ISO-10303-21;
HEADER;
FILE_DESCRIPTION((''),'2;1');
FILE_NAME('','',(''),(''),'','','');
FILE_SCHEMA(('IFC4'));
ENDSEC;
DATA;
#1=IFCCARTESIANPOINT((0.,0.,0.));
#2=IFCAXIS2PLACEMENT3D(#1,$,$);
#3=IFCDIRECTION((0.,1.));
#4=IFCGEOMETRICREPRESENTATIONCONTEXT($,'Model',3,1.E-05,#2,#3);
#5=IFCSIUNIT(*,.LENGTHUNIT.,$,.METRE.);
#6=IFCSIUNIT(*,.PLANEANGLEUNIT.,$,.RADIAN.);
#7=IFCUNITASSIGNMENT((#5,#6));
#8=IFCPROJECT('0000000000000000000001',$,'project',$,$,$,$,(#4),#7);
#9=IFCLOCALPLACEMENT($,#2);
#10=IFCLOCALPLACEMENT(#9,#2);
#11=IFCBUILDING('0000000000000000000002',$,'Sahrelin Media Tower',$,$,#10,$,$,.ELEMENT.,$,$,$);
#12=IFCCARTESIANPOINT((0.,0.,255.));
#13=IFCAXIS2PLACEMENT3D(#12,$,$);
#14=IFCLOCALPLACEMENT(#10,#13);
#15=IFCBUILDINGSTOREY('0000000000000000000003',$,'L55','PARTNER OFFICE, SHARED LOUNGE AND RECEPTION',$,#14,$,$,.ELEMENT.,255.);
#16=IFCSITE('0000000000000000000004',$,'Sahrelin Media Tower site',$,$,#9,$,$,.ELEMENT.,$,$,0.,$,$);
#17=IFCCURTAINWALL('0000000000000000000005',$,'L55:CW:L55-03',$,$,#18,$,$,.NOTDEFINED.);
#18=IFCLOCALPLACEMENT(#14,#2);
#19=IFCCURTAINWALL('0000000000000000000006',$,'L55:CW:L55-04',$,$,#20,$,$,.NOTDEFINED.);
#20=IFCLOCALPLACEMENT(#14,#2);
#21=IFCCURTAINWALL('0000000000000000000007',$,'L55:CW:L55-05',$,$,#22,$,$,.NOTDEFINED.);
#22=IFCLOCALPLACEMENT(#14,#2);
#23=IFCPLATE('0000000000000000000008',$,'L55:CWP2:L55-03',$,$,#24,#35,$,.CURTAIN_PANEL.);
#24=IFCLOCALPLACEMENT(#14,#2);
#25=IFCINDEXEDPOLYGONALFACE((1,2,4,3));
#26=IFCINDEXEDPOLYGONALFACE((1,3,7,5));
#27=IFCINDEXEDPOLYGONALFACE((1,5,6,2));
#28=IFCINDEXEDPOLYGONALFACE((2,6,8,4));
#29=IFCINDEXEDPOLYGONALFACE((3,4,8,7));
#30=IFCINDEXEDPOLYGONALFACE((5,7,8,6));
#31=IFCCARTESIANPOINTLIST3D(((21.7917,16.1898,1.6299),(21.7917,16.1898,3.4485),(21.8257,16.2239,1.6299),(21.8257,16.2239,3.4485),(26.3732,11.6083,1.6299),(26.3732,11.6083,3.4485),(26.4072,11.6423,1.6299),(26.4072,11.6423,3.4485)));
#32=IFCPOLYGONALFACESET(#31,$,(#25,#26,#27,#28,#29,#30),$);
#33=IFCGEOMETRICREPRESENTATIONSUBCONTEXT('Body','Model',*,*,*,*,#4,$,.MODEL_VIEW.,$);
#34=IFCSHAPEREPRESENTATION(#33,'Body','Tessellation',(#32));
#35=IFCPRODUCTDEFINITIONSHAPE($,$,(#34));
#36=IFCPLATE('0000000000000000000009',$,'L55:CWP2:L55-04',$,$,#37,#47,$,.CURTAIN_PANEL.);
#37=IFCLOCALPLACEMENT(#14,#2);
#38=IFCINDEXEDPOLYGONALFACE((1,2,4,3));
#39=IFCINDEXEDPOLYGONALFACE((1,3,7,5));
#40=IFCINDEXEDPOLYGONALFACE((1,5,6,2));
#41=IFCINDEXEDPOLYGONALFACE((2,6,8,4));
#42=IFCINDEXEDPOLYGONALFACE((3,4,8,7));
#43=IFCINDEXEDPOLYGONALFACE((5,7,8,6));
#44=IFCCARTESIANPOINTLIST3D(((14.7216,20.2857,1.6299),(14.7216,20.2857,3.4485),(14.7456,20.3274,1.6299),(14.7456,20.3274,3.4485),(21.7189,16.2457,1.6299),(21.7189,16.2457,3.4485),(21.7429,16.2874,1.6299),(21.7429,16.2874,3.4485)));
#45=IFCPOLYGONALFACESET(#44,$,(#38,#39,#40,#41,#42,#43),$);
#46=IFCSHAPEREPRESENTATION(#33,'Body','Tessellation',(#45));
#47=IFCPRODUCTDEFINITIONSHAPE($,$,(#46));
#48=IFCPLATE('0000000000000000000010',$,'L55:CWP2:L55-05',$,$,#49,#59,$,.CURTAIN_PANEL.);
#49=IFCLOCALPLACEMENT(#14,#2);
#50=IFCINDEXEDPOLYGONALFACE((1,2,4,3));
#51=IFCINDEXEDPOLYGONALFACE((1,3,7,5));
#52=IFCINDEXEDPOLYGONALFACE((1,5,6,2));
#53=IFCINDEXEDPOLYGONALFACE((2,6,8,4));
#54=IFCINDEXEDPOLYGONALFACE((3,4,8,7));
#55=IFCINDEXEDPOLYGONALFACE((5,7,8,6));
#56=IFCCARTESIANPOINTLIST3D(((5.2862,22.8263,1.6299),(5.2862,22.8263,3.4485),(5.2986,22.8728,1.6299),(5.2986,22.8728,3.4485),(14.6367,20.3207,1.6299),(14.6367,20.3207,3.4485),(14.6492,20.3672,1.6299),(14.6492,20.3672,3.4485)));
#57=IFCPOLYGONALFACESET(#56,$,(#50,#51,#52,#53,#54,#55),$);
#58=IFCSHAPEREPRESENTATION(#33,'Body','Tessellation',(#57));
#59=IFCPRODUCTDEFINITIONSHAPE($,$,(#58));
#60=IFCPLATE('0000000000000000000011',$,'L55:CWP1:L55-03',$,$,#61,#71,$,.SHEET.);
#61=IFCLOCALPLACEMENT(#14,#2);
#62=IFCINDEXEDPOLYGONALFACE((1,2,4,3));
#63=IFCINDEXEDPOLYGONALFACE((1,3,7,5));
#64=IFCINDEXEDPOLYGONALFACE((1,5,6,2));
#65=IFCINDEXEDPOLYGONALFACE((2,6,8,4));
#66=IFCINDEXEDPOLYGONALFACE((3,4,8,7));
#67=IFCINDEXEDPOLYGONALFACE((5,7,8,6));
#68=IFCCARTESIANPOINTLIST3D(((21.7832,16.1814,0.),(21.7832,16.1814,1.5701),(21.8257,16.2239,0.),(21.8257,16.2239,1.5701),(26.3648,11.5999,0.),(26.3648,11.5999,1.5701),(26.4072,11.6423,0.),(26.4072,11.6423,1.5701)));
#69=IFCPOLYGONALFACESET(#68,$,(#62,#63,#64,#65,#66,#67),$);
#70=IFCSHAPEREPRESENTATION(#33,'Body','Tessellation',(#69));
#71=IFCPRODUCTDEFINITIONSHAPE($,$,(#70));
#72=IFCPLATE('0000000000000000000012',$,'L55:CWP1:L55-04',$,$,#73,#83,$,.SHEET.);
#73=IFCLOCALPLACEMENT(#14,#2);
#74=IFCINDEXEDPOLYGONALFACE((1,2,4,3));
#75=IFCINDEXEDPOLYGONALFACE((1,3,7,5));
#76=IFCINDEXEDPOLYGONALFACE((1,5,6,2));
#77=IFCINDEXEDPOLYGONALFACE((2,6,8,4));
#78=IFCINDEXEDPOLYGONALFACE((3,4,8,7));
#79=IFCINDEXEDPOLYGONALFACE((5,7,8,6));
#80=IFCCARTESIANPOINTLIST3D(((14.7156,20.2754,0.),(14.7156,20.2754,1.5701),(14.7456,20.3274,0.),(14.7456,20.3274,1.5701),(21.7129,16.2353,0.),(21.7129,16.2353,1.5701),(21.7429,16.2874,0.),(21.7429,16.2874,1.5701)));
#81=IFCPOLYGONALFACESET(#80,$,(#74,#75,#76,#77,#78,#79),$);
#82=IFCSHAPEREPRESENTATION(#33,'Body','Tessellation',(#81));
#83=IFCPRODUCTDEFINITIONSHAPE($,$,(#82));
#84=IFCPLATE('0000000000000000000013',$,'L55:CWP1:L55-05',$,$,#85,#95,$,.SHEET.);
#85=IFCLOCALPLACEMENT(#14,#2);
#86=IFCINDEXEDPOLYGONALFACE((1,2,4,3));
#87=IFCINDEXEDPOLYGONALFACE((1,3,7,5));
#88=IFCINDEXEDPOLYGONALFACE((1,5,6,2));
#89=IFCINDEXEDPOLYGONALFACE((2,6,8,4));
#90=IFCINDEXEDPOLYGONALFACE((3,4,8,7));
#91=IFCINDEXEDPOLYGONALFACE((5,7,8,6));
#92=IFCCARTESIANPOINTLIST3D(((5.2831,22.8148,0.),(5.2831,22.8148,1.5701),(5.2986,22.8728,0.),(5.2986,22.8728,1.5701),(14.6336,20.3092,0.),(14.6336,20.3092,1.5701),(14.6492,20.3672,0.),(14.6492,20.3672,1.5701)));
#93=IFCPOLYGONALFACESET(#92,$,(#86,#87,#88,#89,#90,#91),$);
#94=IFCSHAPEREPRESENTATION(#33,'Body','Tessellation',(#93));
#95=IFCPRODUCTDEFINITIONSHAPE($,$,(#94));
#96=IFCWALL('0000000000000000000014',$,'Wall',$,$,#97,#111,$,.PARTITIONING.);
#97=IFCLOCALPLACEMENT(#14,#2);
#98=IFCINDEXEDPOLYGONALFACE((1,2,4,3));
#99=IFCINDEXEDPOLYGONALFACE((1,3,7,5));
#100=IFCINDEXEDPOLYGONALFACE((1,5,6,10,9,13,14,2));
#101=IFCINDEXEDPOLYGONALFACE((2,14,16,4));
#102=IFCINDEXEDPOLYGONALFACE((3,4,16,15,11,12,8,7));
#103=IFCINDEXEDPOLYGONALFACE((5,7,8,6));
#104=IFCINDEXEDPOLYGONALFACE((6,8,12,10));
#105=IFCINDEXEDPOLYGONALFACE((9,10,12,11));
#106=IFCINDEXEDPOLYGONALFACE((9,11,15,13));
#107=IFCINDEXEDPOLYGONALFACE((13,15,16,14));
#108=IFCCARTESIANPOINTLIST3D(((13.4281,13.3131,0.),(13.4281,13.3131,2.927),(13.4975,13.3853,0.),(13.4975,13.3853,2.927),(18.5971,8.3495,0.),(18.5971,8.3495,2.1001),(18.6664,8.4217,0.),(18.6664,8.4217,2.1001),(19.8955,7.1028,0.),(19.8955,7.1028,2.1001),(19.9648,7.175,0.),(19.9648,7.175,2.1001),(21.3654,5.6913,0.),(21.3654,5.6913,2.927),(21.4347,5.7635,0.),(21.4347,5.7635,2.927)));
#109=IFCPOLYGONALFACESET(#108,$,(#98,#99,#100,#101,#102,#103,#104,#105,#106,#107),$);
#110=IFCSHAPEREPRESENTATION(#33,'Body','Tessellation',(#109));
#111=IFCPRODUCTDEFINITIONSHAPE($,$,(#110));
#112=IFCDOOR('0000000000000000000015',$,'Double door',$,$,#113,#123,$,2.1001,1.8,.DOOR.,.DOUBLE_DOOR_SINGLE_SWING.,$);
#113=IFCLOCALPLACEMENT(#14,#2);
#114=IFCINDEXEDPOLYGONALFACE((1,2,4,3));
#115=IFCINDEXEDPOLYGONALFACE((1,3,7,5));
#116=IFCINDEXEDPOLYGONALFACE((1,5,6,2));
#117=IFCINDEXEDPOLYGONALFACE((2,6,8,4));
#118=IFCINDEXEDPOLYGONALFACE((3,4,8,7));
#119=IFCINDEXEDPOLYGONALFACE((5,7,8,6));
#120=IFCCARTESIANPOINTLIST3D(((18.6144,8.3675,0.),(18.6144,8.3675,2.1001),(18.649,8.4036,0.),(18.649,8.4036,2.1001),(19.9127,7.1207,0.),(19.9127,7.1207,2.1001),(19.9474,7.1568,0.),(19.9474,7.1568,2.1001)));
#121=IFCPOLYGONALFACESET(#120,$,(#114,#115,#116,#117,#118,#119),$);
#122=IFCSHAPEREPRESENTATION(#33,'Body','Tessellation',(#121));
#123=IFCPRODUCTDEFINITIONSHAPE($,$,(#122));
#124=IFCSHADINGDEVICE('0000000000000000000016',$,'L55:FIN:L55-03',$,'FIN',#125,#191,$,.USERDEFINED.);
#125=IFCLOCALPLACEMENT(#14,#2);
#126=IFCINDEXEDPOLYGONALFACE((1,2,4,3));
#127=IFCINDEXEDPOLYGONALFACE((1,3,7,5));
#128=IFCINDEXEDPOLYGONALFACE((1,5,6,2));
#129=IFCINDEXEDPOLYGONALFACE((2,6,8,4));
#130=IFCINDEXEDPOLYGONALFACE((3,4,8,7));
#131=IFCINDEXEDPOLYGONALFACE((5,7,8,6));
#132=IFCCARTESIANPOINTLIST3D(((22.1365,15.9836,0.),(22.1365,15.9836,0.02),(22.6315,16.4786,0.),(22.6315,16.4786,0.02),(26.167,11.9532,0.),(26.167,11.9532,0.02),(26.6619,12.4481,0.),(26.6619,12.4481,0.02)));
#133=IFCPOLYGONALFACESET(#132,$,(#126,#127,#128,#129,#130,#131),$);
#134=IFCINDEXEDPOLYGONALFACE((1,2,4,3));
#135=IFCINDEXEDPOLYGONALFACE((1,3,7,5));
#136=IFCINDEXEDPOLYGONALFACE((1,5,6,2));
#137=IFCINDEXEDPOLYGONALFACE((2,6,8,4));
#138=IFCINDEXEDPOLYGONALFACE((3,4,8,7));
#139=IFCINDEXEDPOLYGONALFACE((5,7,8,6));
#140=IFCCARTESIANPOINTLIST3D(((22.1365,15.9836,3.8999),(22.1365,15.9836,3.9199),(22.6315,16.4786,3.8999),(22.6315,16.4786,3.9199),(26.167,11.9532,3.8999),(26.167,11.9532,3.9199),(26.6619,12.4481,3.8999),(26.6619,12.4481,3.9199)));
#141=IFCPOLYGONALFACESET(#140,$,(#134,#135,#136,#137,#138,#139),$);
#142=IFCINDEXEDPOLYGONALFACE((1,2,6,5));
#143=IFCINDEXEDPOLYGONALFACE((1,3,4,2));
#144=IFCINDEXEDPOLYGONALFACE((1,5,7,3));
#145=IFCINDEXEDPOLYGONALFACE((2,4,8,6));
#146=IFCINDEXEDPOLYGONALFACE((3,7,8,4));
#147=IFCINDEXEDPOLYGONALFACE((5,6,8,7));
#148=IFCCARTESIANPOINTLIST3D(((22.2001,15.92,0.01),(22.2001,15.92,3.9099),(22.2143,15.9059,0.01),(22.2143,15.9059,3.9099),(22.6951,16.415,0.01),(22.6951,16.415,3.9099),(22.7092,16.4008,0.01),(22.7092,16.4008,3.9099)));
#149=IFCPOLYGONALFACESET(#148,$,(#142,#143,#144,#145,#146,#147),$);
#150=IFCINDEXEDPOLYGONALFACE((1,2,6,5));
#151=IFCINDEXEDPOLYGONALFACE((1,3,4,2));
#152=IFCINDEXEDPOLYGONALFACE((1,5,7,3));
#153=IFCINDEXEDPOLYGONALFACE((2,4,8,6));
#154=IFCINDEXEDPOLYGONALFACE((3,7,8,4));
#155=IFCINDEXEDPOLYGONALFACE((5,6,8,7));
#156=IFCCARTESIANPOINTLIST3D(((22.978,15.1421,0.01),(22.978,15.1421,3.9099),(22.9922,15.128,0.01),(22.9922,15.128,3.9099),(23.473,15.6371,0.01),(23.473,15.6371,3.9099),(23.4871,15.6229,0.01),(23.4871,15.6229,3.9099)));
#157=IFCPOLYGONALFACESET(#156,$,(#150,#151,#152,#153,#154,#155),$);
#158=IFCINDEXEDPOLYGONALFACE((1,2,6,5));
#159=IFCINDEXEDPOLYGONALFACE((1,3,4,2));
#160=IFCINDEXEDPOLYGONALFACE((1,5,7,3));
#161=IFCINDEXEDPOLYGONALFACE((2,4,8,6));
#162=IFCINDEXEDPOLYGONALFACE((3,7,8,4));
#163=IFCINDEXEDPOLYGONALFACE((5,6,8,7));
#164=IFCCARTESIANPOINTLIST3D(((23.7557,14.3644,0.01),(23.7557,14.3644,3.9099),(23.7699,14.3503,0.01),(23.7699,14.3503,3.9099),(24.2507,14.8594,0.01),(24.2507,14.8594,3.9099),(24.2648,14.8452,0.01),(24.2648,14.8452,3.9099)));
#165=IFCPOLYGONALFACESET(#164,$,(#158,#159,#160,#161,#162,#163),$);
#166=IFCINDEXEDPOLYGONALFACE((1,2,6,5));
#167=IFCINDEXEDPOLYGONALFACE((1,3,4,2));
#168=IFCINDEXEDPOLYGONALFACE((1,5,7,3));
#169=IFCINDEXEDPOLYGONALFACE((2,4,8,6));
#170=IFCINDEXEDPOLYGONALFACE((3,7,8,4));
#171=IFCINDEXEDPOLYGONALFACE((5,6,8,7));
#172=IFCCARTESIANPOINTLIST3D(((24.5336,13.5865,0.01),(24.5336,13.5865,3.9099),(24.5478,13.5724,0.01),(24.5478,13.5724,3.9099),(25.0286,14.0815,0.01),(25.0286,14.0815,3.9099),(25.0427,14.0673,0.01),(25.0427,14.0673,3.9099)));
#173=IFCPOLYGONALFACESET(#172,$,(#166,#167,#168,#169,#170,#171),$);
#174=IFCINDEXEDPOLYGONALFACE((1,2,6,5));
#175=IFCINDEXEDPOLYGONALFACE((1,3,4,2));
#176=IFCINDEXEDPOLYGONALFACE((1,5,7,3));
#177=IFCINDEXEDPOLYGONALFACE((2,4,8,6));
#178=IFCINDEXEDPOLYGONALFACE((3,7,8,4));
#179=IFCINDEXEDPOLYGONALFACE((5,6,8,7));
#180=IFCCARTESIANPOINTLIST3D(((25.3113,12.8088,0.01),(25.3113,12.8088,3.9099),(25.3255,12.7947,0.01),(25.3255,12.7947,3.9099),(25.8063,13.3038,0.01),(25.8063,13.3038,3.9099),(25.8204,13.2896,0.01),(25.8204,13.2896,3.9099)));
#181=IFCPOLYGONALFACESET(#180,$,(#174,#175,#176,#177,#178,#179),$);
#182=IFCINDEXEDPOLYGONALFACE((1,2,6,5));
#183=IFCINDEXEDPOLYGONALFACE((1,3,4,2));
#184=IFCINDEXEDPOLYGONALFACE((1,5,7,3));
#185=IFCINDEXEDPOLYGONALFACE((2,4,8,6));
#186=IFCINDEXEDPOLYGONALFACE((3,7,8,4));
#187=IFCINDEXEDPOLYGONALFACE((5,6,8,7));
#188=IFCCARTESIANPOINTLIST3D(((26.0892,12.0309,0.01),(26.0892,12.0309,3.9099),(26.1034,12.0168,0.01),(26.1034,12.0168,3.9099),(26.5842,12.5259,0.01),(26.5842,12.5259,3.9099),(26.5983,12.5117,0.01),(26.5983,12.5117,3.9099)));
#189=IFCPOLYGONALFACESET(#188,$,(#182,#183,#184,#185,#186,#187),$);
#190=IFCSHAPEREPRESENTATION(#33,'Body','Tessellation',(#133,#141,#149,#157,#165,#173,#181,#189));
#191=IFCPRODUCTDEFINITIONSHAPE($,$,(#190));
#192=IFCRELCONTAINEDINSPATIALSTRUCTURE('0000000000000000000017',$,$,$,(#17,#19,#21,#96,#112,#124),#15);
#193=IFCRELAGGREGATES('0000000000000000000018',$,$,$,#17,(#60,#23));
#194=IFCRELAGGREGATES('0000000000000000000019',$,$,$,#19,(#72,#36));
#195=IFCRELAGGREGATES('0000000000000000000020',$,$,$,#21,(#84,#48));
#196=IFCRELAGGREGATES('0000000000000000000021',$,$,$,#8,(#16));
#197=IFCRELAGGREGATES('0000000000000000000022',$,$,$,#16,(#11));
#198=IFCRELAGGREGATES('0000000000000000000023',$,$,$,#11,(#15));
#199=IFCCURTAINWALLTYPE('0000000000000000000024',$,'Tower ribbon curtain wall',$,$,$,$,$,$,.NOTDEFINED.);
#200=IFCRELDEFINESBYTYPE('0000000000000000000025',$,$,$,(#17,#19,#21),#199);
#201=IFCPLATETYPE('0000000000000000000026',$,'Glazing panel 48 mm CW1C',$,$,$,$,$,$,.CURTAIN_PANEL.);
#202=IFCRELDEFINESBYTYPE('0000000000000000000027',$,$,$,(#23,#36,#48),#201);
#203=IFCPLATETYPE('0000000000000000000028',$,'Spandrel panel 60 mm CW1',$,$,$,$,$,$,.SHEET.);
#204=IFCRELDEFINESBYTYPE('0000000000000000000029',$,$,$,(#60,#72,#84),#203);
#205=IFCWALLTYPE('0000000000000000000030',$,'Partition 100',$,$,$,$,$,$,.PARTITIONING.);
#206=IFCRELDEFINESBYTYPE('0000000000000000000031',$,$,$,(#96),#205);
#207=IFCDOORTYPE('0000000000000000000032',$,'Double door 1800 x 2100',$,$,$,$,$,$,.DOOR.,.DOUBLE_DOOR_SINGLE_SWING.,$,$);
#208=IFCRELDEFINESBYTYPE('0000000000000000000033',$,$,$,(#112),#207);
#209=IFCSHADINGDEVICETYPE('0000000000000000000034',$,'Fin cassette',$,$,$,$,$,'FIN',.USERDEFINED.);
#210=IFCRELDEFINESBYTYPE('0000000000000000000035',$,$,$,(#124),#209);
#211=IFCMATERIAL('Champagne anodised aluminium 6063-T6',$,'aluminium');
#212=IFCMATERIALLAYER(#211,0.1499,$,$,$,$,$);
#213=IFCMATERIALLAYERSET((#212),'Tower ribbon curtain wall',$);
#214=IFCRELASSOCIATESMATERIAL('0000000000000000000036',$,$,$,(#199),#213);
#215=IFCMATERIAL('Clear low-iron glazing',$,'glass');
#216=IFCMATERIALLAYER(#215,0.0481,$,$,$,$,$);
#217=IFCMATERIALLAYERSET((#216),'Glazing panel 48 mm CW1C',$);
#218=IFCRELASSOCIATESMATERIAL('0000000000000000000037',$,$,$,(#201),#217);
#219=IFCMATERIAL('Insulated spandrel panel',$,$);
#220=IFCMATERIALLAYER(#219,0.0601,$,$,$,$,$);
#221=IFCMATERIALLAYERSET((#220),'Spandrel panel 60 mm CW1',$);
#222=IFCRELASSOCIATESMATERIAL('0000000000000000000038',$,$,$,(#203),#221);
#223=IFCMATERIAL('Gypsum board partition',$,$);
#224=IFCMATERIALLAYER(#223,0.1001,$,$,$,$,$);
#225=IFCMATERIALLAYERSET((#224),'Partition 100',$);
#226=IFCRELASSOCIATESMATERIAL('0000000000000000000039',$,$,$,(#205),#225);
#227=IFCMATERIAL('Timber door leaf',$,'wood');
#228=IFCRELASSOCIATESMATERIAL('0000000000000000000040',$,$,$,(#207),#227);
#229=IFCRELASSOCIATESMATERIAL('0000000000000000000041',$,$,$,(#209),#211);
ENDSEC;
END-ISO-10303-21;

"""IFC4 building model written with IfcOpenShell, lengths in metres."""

from ifc_helpers import new_model, si_unit, direction, frame, frame_2d, origin, origin_2d, place, context, subcontext, project, spatial, polyline, rectangle, outline, extrude, material, layer, layer_set, type_object, element, fill, aggregate, save


model = new_model("IFC4")

# Units and contexts
model_context = context("Model", 3, precision=1e-05, world=origin(), true_north=direction((0.0, 1.0)))
body_context = subcontext(model_context, "Body", "Model", "MODEL_VIEW")
ifc_project = project(units=[si_unit("LENGTHUNIT", "METRE"), si_unit("PLANEANGLEUNIT", "RADIAN")], contexts=[model_context])

# Site, building, storey
site_placement = place(None, origin())
site = spatial("IfcSite", under=ifc_project, at=site_placement, Name="Sahrelin Media Tower site", CompositionType="ELEMENT", RefElevation=0.0)
building_placement = place(site_placement, origin())
building = spatial("IfcBuilding", under=site, at=building_placement, Name="Sahrelin Media Tower", CompositionType="ELEMENT")
storey_placement = place(building_placement, frame((0.0, 0.0, 255.0)))
storey = spatial("IfcBuildingStorey", under=building, at=storey_placement, Name="L55", Description="PARTNER OFFICE, SHARED LOUNGE AND RECEPTION", CompositionType="ELEMENT", Elevation=255.0)

# Curtain walls
ifc_material_1 = material(Name="Champagne anodised aluminium 6063-T6", Category="aluminium")
ifc_layer_1 = layer(ifc_material_1, 0.1499)
ifc_layer_set_1 = layer_set([ifc_layer_1], Name="Tower ribbon curtain wall")
curtain_wall_type = type_object("IfcCurtainWallType", Name="Tower ribbon curtain wall", PredefinedType="NOTDEFINED", material=ifc_layer_set_1)
curtain_wall_1_placement = place(storey_placement, frame((24.1023, 13.9189, 0.0), z_axis=(0.0, 0.0, 1.0), x_axis=(1.0, 0.0, 0.0)))
curtain_wall_1 = element("IfcCurtainWall", 1, at=curtain_wall_1_placement, inside=storey, type_object=curtain_wall_type, Name="L55:CW:L55-03", PredefinedType="NOTDEFINED")
curtain_wall_2_placement = place(storey_placement, frame((18.2344, 18.29, 0.0), z_axis=(0.0, 0.0, 1.0), x_axis=(1.0, 0.0, 0.0)))
curtain_wall_2 = element("IfcCurtainWall", 2, at=curtain_wall_2_placement, inside=storey, type_object=curtain_wall_type, Name="L55:CW:L55-04", PredefinedType="NOTDEFINED")

# Curtain wall
curtain_wall_3_placement = place(storey_placement, frame((9.9688, 21.6006, 0.0), z_axis=(0.0, 0.0, 1.0), x_axis=(1.0, 0.0, 0.0)))
curtain_wall_3 = element("IfcCurtainWall", 3, at=curtain_wall_3_placement, inside=storey, type_object=curtain_wall_type, Name="L55:CW:L55-05", PredefinedType="NOTDEFINED")

# Plates
ifc_material_2 = material(Name="Clear low-iron glazing", Category="glass")
ifc_layer_2 = layer(ifc_material_2, 0.0481)
ifc_layer_set_2 = layer_set([ifc_layer_2], Name="Glazing panel 48 mm CW1C")
plate_type_1 = type_object("IfcPlateType", Name="Glazing panel 48 mm CW1C", PredefinedType="CURTAIN_PANEL", material=ifc_layer_set_2)
plate_1_placement = place(storey_placement, frame((26.4072, 11.6423, 1.6299), z_axis=(0.707107, 0.707107, 0.0), x_axis=(-0.707107, 0.707107, 0.0)))
plate_1 = element("IfcPlate", 4, at=plate_1_placement, type_object=plate_type_1, Name="L55:CWP2:L55-03", PredefinedType="CURTAIN_PANEL", context=body_context, shape_type="SweptSolid", body=[
    extrude(outline(polyline([(0.0, 0.0), (6.4792, 0.0), (6.4792, 1.8186), (0.0, 1.8186), (0.0, 0.0)])), origin(), (0.0, 0.0, -1.0), 0.0481),
])
plate_2_placement = place(storey_placement, frame((21.7429, 16.2874, 1.6299), z_axis=(0.500013, 0.866018, 0.0), x_axis=(-0.866018, 0.500013, 0.0)))
plate_2 = element("IfcPlate", 5, at=plate_2_placement, type_object=plate_type_1, Name="L55:CWP2:L55-04", PredefinedType="CURTAIN_PANEL", context=body_context, shape_type="SweptSolid", body=[
    extrude(outline(polyline([(0.0, 0.0), (8.0798, 0.0), (8.0798, 1.8186), (0.0, 1.8186), (0.0, 0.0)])), origin(), (0.0, 0.0, -1.0), 0.0481),
])
plate_3_placement = place(storey_placement, frame((14.6492, 20.3672, 1.6299), z_axis=(0.258832, 0.965922, 0.0), x_axis=(-0.965922, 0.258832, 0.0)))
plate_3 = element("IfcPlate", 6, at=plate_3_placement, type_object=plate_type_1, Name="L55:CWP2:L55-05", PredefinedType="CURTAIN_PANEL", context=body_context, shape_type="SweptSolid", body=[
    extrude(outline(polyline([(0.0, 0.0), (9.6804, 0.0), (9.6804, 1.8186), (0.0, 1.8186), (0.0, 0.0)])), origin(), (0.0, 0.0, -1.0), 0.0481),
])
ifc_material_3 = material(Name="Insulated spandrel panel")
ifc_layer_3 = layer(ifc_material_3, 0.0601)
ifc_layer_set_3 = layer_set([ifc_layer_3], Name="Spandrel panel 60 mm CW1")
plate_type_2 = type_object("IfcPlateType", Name="Spandrel panel 60 mm CW1", PredefinedType="SHEET", material=ifc_layer_set_3)
plate_4_placement = place(storey_placement, frame((26.4072, 11.6423, 0.0), z_axis=(0.707107, 0.707107, 0.0), x_axis=(-0.707107, 0.707107, 0.0)))
plate_4 = element("IfcPlate", 7, at=plate_4_placement, type_object=plate_type_2, Name="L55:CWP1:L55-03", PredefinedType="SHEET", context=body_context, shape_type="SweptSolid", body=[
    extrude(outline(polyline([(0.0, 0.0), (6.4792, 0.0), (6.4792, 1.5701), (0.0, 1.5701), (0.0, 0.0)])), origin(), (0.0, 0.0, -1.0), 0.0601),
])
aggregate(curtain_wall_1, [plate_4, plate_1])
plate_5_placement = place(storey_placement, frame((21.7429, 16.2874, 0.0), z_axis=(0.500013, 0.866018, 0.0), x_axis=(-0.866018, 0.500013, 0.0)))
plate_5 = element("IfcPlate", 8, at=plate_5_placement, type_object=plate_type_2, Name="L55:CWP1:L55-04", PredefinedType="SHEET", context=body_context, shape_type="SweptSolid", body=[
    extrude(outline(polyline([(0.0, 0.0), (8.0798, 0.0), (8.0798, 1.5701), (0.0, 1.5701), (0.0, 0.0)])), origin(), (0.0, 0.0, -1.0), 0.0601),
])
aggregate(curtain_wall_2, [plate_5, plate_2])
plate_6_placement = place(storey_placement, frame((14.6492, 20.3672, 0.0), z_axis=(0.258832, 0.965922, 0.0), x_axis=(-0.965922, 0.258832, 0.0)))
plate_6 = element("IfcPlate", 9, at=plate_6_placement, type_object=plate_type_2, Name="L55:CWP1:L55-05", PredefinedType="SHEET", context=body_context, shape_type="SweptSolid", body=[
    extrude(outline(polyline([(0.0, 0.0), (9.6804, 0.0), (9.6804, 1.5701), (0.0, 1.5701), (0.0, 0.0)])), origin(), (0.0, 0.0, -1.0), 0.0601),
])
aggregate(curtain_wall_3, [plate_6, plate_3])

# Wall, opening, door
ifc_material_4 = material(Name="Gypsum board partition")
ifc_layer_4 = layer(ifc_material_4, 0.1001)
ifc_layer_set_4 = layer_set([ifc_layer_4], Name="Partition 100")
wall_type = type_object("IfcWallType", Name="Partition 100", PredefinedType="PARTITIONING", material=ifc_layer_set_4)
wall_placement = place(storey_placement, frame((13.4629, 13.3491, 0.0), z_axis=(0.0, 0.0, 1.0), x_axis=(0.721294, -0.692629, 0.0)))
wall = element("IfcWall", 10, at=wall_placement, inside=storey, type_object=wall_type, Name="Wall", PredefinedType="PARTITIONING", context=body_context, shape_type="SweptSolid", body=[
    extrude(rectangle(XDim=11.0042, YDim=0.1001, at=frame_2d((5.502, 0.0))), origin(), (0.0, 0.0, 1.0), 2.927),
])
opening_placement = place(wall_placement, frame((7.1663, 0.0, 0.0)))
opening = element("IfcOpeningElement", 11, at=opening_placement, cuts=wall, PredefinedType="OPENING", context=body_context, shape_type="SweptSolid", body=[
    extrude(rectangle(XDim=1.8, YDim=2.1001, at=frame_2d((0.8999, 1.05))), frame((0.0, 0.05, 0.0), z_axis=(0.0, -1.0, 0.0), x_axis=(1.0, 0.0, 0.0)), (0.0, 0.0, 1.0), 0.1001),
])
ifc_material_5 = material(Name="Timber door leaf", Category="wood")
door_type = type_object("IfcDoorType", Name="Double door 1800 x 2100", OperationType="DOUBLE_DOOR_SINGLE_SWING", PredefinedType="DOOR", material=ifc_material_5)
door_placement = place(opening_placement, origin())
door = element("IfcDoor", 12, at=door_placement, inside=storey, type_object=door_type, Name="Double door", OperationType="DOUBLE_DOOR_SINGLE_SWING", OverallHeight=2.1001, OverallWidth=1.8, PredefinedType="DOOR", context=body_context, shape_type="SweptSolid", body=[
    extrude(rectangle(XDim=1.8, YDim=2.1001, at=frame_2d((0.8999, 1.05))), frame((0.0, 0.0249, 0.0), z_axis=(0.0, -1.0, 0.0), x_axis=(1.0, 0.0, 0.0)), (0.0, 0.0, 1.0), 0.05),
])
fill(opening, door)

# Shading device
shading_device_type_1 = type_object("IfcShadingDeviceType", Name="Fin cassette", ElementType="FIN", PredefinedType="USERDEFINED", material=ifc_material_1)
placement_1 = place(storey_placement, frame((24.1023, 13.9189, 0.0), z_axis=(0.0, 0.0, 1.0), x_axis=(0.707107, -0.707107, 0.0)))
element("IfcShadingDevice", 13, at=placement_1, inside=storey, type_object=shading_device_type_1, Name="L55:FIN:L55-03", ObjectType="FIN", PredefinedType="USERDEFINED", context=body_context, shape_type="SweptSolid", body=[
    extrude(rectangle(XDim=5.7, YDim=0.7, at=origin_2d()), frame((0.0, 0.4199, 0.0)), (0.0, 0.0, 1.0), 0.02),
    extrude(rectangle(XDim=5.7, YDim=0.7, at=origin_2d()), frame((0.0, 0.4199, 3.8999)), (0.0, 0.0, 1.0), 0.02),
    extrude(rectangle(XDim=0.02, YDim=0.7, at=origin_2d()), frame((-2.75, 0.4199, 0.01), z_axis=(0.0, 0.0, 1.0), x_axis=(1.0, 0.0, 0.0)), (0.0, 0.0, 1.0), 3.8999),
    extrude(rectangle(XDim=0.02, YDim=0.7, at=origin_2d()), frame((-1.6499, 0.4199, 0.01), z_axis=(0.0, 0.0, 1.0), x_axis=(1.0, 0.0, 0.0)), (0.0, 0.0, 1.0), 3.8999),
    extrude(rectangle(XDim=0.02, YDim=0.7, at=origin_2d()), frame((-0.55, 0.4199, 0.01), z_axis=(0.0, 0.0, 1.0), x_axis=(1.0, 0.0, 0.0)), (0.0, 0.0, 1.0), 3.8999),
    extrude(rectangle(XDim=0.02, YDim=0.7, at=origin_2d()), frame((0.55, 0.4199, 0.01), z_axis=(0.0, 0.0, 1.0), x_axis=(1.0, 0.0, 0.0)), (0.0, 0.0, 1.0), 3.8999),
    extrude(rectangle(XDim=0.02, YDim=0.7, at=origin_2d()), frame((1.6499, 0.4199, 0.01), z_axis=(0.0, 0.0, 1.0), x_axis=(1.0, 0.0, 0.0)), (0.0, 0.0, 1.0), 3.8999),
    extrude(rectangle(XDim=0.02, YDim=0.7, at=origin_2d()), frame((2.75, 0.4199, 0.01), z_axis=(0.0, 0.0, 1.0), x_axis=(1.0, 0.0, 0.0)), (0.0, 0.0, 1.0), 3.8999),
])

save(model, "model.ifc")
